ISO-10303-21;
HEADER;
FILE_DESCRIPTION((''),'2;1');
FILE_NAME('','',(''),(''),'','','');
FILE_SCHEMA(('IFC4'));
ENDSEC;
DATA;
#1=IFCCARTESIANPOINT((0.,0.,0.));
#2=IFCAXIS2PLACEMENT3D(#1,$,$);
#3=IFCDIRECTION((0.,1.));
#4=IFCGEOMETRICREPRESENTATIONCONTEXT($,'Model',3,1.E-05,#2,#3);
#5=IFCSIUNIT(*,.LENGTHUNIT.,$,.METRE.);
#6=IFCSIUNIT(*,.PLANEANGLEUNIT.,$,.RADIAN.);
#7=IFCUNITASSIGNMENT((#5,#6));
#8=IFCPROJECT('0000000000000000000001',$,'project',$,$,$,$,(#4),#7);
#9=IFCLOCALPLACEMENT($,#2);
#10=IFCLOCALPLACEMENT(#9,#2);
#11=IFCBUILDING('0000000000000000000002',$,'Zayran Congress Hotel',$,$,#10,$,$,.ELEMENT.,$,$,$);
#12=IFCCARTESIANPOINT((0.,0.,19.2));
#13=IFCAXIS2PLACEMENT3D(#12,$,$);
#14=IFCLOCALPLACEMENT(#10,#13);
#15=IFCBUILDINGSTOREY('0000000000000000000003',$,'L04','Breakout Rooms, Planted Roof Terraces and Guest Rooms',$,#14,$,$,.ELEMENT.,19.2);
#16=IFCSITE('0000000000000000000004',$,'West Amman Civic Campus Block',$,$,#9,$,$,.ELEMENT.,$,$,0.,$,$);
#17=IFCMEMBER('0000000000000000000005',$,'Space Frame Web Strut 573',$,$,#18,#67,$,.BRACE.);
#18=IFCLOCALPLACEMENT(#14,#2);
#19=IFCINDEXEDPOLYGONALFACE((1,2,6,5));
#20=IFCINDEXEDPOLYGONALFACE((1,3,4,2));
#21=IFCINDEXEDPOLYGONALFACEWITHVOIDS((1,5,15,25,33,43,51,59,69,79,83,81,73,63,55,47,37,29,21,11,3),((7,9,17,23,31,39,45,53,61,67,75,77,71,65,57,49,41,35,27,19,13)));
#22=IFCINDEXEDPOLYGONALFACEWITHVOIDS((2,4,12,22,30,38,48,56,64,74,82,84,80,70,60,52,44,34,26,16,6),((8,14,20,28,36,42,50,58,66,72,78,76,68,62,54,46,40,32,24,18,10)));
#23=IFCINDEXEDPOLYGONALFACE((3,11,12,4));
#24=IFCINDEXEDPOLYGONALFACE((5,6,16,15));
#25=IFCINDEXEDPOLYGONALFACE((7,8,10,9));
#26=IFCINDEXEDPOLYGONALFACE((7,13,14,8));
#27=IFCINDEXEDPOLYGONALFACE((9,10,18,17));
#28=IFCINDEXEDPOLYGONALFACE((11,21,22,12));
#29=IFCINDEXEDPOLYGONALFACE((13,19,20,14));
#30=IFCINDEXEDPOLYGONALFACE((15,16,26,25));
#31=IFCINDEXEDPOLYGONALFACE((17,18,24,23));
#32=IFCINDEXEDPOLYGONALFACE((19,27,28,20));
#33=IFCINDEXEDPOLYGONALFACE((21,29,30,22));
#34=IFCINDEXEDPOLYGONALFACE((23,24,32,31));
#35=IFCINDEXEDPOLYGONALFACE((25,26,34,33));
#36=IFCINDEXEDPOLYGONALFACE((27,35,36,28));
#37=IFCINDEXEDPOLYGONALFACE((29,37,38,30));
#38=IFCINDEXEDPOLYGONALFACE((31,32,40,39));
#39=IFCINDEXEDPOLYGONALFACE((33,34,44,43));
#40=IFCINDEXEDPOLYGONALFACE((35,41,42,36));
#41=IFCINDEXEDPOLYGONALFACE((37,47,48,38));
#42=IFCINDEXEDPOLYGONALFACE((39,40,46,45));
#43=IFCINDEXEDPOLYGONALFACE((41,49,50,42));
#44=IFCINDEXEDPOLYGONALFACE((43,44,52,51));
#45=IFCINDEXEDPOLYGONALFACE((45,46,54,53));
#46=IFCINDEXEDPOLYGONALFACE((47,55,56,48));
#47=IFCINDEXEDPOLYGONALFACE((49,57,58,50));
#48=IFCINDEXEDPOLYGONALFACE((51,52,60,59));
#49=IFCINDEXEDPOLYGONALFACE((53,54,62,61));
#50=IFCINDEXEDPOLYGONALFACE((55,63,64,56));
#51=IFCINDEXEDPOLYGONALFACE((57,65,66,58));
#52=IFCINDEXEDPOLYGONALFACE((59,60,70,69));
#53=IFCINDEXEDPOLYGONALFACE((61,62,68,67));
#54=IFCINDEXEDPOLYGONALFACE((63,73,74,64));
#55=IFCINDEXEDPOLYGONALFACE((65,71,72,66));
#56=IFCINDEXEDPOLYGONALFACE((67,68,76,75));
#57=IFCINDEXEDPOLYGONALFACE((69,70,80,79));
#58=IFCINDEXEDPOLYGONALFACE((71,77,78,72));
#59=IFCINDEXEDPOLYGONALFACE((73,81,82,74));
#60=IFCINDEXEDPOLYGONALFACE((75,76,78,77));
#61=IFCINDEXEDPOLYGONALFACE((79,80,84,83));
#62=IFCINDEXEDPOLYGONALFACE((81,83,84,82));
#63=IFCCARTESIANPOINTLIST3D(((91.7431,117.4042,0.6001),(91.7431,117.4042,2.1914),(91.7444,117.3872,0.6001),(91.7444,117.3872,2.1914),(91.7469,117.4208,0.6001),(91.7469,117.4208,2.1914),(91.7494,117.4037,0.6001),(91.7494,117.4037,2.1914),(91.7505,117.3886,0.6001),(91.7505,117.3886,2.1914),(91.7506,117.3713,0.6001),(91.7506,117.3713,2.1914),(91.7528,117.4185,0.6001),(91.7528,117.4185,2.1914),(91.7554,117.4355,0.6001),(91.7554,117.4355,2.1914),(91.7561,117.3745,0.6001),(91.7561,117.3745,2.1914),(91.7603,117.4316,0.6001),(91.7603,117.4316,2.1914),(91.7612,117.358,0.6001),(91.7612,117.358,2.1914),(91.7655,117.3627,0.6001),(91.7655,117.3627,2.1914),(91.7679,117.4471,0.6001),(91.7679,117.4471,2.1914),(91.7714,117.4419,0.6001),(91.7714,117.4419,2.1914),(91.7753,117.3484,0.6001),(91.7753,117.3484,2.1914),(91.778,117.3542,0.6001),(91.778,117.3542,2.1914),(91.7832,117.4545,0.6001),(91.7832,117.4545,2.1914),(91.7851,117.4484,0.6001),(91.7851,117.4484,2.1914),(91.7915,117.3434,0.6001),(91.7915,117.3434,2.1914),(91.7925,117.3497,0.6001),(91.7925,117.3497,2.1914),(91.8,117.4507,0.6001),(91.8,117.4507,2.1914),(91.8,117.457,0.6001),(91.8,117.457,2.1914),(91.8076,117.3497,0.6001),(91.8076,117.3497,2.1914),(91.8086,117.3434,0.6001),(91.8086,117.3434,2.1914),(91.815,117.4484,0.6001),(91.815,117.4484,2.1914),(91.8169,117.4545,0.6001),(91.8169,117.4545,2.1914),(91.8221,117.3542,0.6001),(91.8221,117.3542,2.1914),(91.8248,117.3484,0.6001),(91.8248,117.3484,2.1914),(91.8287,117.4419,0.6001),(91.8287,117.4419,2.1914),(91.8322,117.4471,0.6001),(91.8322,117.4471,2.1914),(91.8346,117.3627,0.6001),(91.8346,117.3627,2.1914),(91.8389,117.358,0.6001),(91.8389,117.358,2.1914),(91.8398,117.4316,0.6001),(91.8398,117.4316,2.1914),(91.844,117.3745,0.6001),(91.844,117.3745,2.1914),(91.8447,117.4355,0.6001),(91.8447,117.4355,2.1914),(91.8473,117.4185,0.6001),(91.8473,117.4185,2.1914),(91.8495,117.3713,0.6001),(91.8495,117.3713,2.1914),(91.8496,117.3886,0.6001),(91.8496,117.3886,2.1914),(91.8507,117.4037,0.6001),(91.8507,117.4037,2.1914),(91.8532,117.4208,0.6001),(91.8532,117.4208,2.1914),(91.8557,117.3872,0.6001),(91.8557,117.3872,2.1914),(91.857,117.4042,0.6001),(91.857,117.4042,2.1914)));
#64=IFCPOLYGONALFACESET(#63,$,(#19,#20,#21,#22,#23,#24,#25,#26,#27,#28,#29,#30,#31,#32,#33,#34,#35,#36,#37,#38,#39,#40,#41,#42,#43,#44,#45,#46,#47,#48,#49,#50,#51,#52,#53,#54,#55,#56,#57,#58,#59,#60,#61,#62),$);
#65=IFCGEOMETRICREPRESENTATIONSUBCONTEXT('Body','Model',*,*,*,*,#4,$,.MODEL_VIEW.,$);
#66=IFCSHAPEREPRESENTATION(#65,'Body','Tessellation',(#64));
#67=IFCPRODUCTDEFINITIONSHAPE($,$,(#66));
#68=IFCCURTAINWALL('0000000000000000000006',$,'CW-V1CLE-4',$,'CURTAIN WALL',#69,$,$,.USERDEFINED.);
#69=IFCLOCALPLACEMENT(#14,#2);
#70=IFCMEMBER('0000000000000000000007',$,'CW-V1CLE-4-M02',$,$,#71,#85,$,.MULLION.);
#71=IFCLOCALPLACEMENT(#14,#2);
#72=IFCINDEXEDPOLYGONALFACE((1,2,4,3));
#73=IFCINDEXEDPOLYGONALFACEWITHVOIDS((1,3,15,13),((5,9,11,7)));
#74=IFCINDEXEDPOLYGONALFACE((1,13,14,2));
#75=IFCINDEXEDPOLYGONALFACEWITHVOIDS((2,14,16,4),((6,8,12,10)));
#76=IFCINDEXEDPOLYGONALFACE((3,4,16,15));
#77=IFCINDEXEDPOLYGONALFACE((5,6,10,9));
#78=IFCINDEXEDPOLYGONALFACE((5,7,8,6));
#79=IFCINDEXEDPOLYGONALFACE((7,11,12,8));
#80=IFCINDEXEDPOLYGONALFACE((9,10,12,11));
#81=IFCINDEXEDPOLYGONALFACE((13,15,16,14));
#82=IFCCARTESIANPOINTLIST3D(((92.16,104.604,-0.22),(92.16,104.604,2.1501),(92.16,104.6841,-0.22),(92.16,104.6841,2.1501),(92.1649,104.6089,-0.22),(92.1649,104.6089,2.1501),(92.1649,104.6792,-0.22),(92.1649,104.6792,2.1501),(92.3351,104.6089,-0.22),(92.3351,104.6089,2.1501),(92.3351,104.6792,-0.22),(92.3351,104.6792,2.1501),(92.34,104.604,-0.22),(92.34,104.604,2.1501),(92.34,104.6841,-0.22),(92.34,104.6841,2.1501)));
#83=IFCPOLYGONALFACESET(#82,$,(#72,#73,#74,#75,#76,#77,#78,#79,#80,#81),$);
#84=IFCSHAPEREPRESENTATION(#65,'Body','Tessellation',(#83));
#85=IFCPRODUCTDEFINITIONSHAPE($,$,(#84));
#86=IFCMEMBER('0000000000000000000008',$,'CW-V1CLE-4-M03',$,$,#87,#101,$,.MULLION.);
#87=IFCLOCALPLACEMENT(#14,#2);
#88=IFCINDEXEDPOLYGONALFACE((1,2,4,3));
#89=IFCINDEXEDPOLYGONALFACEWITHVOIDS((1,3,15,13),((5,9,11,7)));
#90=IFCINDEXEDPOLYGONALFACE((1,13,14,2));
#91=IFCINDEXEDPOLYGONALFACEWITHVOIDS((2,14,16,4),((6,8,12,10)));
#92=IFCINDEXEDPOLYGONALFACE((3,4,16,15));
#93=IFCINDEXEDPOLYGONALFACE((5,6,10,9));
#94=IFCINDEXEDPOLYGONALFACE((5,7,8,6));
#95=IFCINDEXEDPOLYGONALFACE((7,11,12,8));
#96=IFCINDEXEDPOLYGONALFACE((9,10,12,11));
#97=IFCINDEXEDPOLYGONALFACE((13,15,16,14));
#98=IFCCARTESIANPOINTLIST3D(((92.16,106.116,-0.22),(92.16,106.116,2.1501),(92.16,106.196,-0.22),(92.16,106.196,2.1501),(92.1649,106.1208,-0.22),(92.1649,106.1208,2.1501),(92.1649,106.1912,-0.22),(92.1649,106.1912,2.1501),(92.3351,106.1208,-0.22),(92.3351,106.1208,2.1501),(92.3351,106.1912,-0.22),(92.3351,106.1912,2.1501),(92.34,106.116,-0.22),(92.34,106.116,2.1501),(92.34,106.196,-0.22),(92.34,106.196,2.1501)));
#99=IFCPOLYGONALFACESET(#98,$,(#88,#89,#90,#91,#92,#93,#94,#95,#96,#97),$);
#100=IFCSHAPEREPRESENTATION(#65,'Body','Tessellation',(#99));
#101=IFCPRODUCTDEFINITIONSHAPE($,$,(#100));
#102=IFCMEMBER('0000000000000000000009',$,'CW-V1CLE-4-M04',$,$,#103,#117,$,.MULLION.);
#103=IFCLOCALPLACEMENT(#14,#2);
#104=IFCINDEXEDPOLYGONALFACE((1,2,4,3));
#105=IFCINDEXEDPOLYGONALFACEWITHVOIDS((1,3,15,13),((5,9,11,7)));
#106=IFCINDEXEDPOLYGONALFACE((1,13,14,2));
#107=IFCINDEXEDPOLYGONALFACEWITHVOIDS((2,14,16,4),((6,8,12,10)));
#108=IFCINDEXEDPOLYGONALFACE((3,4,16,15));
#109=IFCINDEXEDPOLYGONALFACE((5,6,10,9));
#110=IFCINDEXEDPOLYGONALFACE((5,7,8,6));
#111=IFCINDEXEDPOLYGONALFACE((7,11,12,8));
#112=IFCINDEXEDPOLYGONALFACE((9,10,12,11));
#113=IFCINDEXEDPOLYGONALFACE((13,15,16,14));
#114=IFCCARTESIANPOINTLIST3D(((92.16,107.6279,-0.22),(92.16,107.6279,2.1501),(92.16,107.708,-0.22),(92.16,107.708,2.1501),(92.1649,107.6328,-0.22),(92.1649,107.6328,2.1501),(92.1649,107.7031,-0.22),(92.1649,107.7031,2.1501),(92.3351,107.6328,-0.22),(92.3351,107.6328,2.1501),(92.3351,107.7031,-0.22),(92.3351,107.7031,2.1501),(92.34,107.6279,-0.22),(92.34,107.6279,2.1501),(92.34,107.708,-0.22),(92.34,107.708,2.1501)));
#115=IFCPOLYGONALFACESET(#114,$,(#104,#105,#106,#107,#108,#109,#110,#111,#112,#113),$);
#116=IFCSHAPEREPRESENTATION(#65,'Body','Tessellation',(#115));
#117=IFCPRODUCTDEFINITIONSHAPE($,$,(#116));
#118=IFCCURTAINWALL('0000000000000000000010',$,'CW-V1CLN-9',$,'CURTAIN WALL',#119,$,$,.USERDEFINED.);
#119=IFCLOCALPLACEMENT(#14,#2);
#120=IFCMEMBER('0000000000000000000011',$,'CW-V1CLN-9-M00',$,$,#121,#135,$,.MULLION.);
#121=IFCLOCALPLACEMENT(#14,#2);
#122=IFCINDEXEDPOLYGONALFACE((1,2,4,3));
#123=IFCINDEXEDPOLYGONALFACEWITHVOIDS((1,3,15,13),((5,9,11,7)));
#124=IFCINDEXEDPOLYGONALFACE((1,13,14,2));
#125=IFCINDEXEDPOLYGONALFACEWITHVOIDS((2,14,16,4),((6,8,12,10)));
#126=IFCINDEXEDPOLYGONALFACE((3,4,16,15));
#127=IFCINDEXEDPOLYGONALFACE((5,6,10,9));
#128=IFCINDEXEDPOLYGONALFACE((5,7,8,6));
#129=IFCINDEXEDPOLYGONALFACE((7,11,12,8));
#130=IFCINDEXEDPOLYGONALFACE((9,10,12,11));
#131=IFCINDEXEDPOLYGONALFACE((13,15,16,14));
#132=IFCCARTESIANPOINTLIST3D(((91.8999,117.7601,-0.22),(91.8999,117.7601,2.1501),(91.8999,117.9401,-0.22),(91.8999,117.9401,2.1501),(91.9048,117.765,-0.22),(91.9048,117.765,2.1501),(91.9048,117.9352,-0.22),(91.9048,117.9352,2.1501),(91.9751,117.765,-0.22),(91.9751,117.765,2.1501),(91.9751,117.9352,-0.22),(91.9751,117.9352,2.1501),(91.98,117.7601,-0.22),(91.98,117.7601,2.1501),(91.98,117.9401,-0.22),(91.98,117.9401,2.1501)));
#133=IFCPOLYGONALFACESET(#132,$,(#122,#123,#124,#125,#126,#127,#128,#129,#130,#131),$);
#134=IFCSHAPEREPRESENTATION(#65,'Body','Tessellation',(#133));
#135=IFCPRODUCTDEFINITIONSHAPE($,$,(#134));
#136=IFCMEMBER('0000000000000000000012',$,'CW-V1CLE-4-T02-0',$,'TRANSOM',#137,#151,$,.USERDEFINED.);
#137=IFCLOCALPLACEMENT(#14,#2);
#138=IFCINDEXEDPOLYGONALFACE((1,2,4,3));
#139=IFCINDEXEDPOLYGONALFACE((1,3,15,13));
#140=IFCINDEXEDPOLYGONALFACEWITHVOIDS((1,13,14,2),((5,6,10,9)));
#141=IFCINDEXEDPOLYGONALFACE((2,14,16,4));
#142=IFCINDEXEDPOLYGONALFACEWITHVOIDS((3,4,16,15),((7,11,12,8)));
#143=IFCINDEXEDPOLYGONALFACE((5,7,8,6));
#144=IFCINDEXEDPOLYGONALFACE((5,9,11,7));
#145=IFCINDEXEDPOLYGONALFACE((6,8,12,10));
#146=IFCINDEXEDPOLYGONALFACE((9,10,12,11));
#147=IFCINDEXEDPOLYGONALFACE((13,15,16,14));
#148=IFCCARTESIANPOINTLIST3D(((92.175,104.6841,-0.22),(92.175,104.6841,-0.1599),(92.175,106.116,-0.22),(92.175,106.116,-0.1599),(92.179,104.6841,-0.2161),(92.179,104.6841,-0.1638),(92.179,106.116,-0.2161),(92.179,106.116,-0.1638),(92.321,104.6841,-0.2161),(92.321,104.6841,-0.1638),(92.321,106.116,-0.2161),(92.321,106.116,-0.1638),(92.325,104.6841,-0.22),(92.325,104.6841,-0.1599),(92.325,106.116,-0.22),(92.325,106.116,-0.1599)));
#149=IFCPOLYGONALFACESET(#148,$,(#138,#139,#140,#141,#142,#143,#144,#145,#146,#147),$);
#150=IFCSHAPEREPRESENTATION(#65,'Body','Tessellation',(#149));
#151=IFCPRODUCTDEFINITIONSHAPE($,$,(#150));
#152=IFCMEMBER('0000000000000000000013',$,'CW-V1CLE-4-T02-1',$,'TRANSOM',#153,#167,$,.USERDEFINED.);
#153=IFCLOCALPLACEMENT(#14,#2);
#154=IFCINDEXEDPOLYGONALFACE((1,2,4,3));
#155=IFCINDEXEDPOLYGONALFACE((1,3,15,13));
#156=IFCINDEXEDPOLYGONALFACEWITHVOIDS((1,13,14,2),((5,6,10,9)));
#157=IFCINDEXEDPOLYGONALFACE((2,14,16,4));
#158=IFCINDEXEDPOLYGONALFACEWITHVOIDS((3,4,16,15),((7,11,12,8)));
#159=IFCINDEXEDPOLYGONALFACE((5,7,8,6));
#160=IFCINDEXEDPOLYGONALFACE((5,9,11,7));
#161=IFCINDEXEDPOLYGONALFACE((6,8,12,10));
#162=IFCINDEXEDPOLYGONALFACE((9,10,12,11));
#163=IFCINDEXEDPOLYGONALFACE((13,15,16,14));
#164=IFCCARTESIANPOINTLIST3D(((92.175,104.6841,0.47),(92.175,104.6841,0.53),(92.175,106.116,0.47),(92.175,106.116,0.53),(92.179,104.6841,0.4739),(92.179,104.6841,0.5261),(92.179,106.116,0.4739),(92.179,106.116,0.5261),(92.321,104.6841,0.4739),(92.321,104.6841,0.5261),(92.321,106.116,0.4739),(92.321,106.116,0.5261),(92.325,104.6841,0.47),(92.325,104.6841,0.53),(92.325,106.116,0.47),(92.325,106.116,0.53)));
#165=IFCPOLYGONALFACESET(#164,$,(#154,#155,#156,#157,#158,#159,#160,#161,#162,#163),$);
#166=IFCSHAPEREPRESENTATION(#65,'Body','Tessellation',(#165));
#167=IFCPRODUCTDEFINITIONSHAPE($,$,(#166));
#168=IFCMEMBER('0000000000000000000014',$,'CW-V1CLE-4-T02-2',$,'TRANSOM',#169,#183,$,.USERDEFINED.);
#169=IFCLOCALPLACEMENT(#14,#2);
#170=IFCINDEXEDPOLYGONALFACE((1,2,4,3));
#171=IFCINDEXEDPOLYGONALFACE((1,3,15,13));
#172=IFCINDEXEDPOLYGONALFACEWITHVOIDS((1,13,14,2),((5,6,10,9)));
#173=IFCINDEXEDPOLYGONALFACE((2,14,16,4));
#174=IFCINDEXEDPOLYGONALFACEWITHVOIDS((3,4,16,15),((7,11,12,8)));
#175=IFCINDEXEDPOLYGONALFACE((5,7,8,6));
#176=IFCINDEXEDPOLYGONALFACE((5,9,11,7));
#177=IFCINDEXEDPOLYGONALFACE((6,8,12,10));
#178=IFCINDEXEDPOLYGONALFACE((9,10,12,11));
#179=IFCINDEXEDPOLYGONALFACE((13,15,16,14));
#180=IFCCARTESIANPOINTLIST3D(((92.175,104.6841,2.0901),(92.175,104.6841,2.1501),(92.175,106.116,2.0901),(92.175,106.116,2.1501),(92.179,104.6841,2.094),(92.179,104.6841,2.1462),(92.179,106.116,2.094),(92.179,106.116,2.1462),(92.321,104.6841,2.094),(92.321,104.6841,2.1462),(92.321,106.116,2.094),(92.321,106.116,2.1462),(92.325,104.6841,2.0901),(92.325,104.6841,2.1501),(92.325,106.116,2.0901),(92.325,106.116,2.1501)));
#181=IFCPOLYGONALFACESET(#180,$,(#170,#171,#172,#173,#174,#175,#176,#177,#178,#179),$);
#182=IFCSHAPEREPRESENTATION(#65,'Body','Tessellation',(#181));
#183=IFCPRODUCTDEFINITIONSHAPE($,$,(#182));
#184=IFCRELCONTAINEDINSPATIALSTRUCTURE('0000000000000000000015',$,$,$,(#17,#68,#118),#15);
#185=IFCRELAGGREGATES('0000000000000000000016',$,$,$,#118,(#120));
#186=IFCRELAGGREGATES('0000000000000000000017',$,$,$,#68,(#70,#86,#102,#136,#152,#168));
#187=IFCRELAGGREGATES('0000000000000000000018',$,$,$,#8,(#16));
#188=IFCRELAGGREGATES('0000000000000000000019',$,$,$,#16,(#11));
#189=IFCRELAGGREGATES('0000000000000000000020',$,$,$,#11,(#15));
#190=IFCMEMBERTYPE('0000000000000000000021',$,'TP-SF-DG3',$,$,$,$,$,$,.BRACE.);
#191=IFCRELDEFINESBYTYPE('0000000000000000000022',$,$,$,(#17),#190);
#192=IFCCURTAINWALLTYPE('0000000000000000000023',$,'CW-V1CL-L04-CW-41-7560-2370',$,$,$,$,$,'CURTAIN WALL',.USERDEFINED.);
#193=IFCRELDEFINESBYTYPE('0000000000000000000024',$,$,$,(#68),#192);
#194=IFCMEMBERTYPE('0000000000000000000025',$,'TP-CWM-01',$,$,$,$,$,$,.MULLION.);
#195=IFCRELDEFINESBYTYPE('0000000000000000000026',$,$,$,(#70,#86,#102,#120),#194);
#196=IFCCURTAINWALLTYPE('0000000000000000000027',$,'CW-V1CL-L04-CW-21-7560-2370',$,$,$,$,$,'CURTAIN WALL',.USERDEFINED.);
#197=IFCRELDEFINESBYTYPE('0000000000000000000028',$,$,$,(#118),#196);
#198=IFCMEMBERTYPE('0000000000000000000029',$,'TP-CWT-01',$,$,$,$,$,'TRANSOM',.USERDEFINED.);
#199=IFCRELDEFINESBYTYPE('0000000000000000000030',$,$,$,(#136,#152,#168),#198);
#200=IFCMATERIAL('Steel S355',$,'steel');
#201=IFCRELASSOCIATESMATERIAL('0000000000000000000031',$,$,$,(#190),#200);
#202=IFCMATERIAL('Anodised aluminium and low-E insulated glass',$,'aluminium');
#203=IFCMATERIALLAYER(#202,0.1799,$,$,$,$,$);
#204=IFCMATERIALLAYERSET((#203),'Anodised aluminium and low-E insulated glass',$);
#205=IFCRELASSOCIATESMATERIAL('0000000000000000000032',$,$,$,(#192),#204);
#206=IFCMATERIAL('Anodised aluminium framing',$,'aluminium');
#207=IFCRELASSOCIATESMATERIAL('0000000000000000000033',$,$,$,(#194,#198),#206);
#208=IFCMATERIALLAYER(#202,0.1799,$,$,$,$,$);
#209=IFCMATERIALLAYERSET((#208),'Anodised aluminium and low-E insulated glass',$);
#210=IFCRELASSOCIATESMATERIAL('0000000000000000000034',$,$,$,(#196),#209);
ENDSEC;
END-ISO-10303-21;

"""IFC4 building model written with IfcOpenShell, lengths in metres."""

from ifc_helpers import new_model, si_unit, direction, frame, origin, origin_2d, place, context, subcontext, project, spatial, hollow_rectangle, hollow_circle, extrude, material, layer, layer_set, material_profile, profile_set, type_object, element, aggregate, save


model = new_model("IFC4")

# Units and contexts
model_context = context("Model", 3, precision=1e-05, world=origin(), true_north=direction((0.0, 1.0)))
body_context = subcontext(model_context, "Body", "Model", "MODEL_VIEW")
ifc_project = project(units=[si_unit("LENGTHUNIT", "METRE"), si_unit("PLANEANGLEUNIT", "RADIAN")], contexts=[model_context])

# Site, building, storey
site_placement = place(None, origin())
site = spatial("IfcSite", under=ifc_project, at=site_placement, Name="West Amman Civic Campus Block", CompositionType="ELEMENT", RefElevation=0.0)
building_placement = place(site_placement, origin())
building = spatial("IfcBuilding", under=site, at=building_placement, Name="Zayran Congress Hotel", CompositionType="ELEMENT")
storey_placement = place(building_placement, frame((0.0, 0.0, 19.2)))
storey = spatial("IfcBuildingStorey", under=building, at=storey_placement, Name="L04", Description="Breakout Rooms, Planted Roof Terraces and Guest Rooms", CompositionType="ELEMENT", Elevation=19.2)

# Member
ifc_material_1 = material(Name="Steel S355", Category="steel")
ifc_material_profile_1 = material_profile(ifc_material_1, hollow_circle(Radius=0.0571, WallThickness=0.0063, at=origin_2d()), Name="CHS 114.3x6.3")
ifc_profile_set_1 = profile_set([ifc_material_profile_1], Name="Steel S355")
member_type_1 = type_object("IfcMemberType", Name="TP-SF-DG3", PredefinedType="BRACE", material=ifc_profile_set_1)
member_1_placement = place(storey_placement, frame((91.8, 117.3999, 0.6001), z_axis=(0.0, 0.0, 1.0), x_axis=(0.0, 1.0, 0.0)))
element("IfcMember", 1, at=member_1_placement, inside=storey, type_object=member_type_1, Name="Space Frame Web Strut 573", PredefinedType="BRACE", context=body_context, shape_type="SweptSolid", body=[
    extrude(hollow_circle(Radius=0.0571, WallThickness=0.0063, at=origin_2d()), origin(), (0.0, 0.0, 1.0), 1.5913),
])

# Curtain wall, members
ifc_material_2 = material(Name="Anodised aluminium and low-E insulated glass", Category="aluminium")
ifc_layer_1 = layer(ifc_material_2, 0.1799)
ifc_layer_set_1 = layer_set([ifc_layer_1], Name="Anodised aluminium and low-E insulated glass")
curtain_wall_type_1 = type_object("IfcCurtainWallType", Name="CW-V1CL-L04-CW-41-7560-2370", ElementType="CURTAIN WALL", PredefinedType="USERDEFINED", material=ifc_layer_set_1)
curtain_wall_1_placement = place(storey_placement, origin())
curtain_wall_1 = element("IfcCurtainWall", 2, at=curtain_wall_1_placement, inside=storey, type_object=curtain_wall_type_1, Name="CW-V1CLE-4", ObjectType="CURTAIN WALL", PredefinedType="USERDEFINED")
ifc_material_3 = material(Name="Anodised aluminium framing", Category="aluminium")
ifc_material_profile_2 = material_profile(ifc_material_3, hollow_rectangle(XDim=0.0801, YDim=0.1799, WallThickness=0.0049, at=origin_2d()), Name="RHS 180x80x5")
ifc_profile_set_2 = profile_set([ifc_material_profile_2], Name="Anodised aluminium framing")
member_type_2 = type_object("IfcMemberType", Name="TP-CWM-01", PredefinedType="MULLION", material=ifc_profile_set_2)
member_2_placement = place(storey_placement, frame((92.25, 104.644, -0.22), z_axis=(0.0, 0.0, 1.0), x_axis=(0.0, 1.0, 0.0)))
member_2 = element("IfcMember", 3, at=member_2_placement, type_object=member_type_2, Name="CW-V1CLE-4-M02", PredefinedType="MULLION", context=body_context, shape_type="SweptSolid", body=[
    extrude(hollow_rectangle(XDim=0.0801, YDim=0.1799, WallThickness=0.0049, at=origin_2d()), origin(), (0.0, 0.0, 1.0), 2.3701),
])
member_3_placement = place(storey_placement, frame((92.25, 106.156, -0.22), z_axis=(0.0, 0.0, 1.0), x_axis=(0.0, 1.0, 0.0)))
member_3 = element("IfcMember", 4, at=member_3_placement, type_object=member_type_2, Name="CW-V1CLE-4-M03", PredefinedType="MULLION", context=body_context, shape_type="SweptSolid", body=[
    extrude(hollow_rectangle(XDim=0.0801, YDim=0.1799, WallThickness=0.0049, at=origin_2d()), origin(), (0.0, 0.0, 1.0), 2.3701),
])
member_4_placement = place(storey_placement, frame((92.25, 107.668, -0.22), z_axis=(0.0, 0.0, 1.0), x_axis=(0.0, 1.0, 0.0)))
member_4 = element("IfcMember", 5, at=member_4_placement, type_object=member_type_2, Name="CW-V1CLE-4-M04", PredefinedType="MULLION", context=body_context, shape_type="SweptSolid", body=[
    extrude(hollow_rectangle(XDim=0.0801, YDim=0.1799, WallThickness=0.0049, at=origin_2d()), origin(), (0.0, 0.0, 1.0), 2.3701),
])

# Curtain wall, member
ifc_layer_2 = layer(ifc_material_2, 0.1799)
ifc_layer_set_2 = layer_set([ifc_layer_2], Name="Anodised aluminium and low-E insulated glass")
curtain_wall_type_2 = type_object("IfcCurtainWallType", Name="CW-V1CL-L04-CW-21-7560-2370", ElementType="CURTAIN WALL", PredefinedType="USERDEFINED", material=ifc_layer_set_2)
curtain_wall_2_placement = place(storey_placement, origin())
curtain_wall_2 = element("IfcCurtainWall", 6, at=curtain_wall_2_placement, inside=storey, type_object=curtain_wall_type_2, Name="CW-V1CLN-9", ObjectType="CURTAIN WALL", PredefinedType="USERDEFINED")
member_5_placement = place(storey_placement, frame((91.9399, 117.8501, -0.22), z_axis=(0.0, 0.0, 1.0), x_axis=(1.0, 0.0, 0.0)))
member_5 = element("IfcMember", 7, at=member_5_placement, type_object=member_type_2, Name="CW-V1CLN-9-M00", PredefinedType="MULLION", context=body_context, shape_type="SweptSolid", body=[
    extrude(hollow_rectangle(XDim=0.0801, YDim=0.1799, WallThickness=0.0049, at=origin_2d()), origin(), (0.0, 0.0, 1.0), 2.3701),
])

# Members
ifc_material_profile_3 = material_profile(ifc_material_3, hollow_rectangle(XDim=0.0601, YDim=0.1499, WallThickness=0.0039, at=origin_2d()), Name="RHS 150x60x4")
ifc_profile_set_3 = profile_set([ifc_material_profile_3], Name="Anodised aluminium framing")
member_type_3 = type_object("IfcMemberType", Name="TP-CWT-01", ElementType="TRANSOM", PredefinedType="USERDEFINED", material=ifc_profile_set_3)
member_6_placement = place(storey_placement, frame((92.25, 104.6841, -0.1899), z_axis=(0.0, 1.0, 0.0), x_axis=(0.0, 0.0, 1.0)))
member_6 = element("IfcMember", 8, at=member_6_placement, type_object=member_type_3, Name="CW-V1CLE-4-T02-0", ObjectType="TRANSOM", PredefinedType="USERDEFINED", context=body_context, shape_type="SweptSolid", body=[
    extrude(hollow_rectangle(XDim=0.0601, YDim=0.1499, WallThickness=0.0039, at=origin_2d()), origin(), (0.0, 0.0, 1.0), 1.4319),
])
member_7_placement = place(storey_placement, frame((92.25, 104.6841, 0.5), z_axis=(0.0, 1.0, 0.0), x_axis=(0.0, 0.0, 1.0)))
member_7 = element("IfcMember", 9, at=member_7_placement, type_object=member_type_3, Name="CW-V1CLE-4-T02-1", ObjectType="TRANSOM", PredefinedType="USERDEFINED", context=body_context, shape_type="SweptSolid", body=[
    extrude(hollow_rectangle(XDim=0.0601, YDim=0.1499, WallThickness=0.0039, at=origin_2d()), origin(), (0.0, 0.0, 1.0), 1.4319),
])
member_8_placement = place(storey_placement, frame((92.25, 104.6841, 2.1201), z_axis=(0.0, 1.0, 0.0), x_axis=(0.0, 0.0, 1.0)))
member_8 = element("IfcMember", 10, at=member_8_placement, type_object=member_type_3, Name="CW-V1CLE-4-T02-2", ObjectType="TRANSOM", PredefinedType="USERDEFINED", context=body_context, shape_type="SweptSolid", body=[
    extrude(hollow_rectangle(XDim=0.0601, YDim=0.1499, WallThickness=0.0039, at=origin_2d()), origin(), (0.0, 0.0, 1.0), 1.4319),
])
aggregate(curtain_wall_2, [member_5])

aggregate(curtain_wall_1, [member_2, member_3, member_4, member_6, member_7, member_8])

save(model, "model.ifc")
